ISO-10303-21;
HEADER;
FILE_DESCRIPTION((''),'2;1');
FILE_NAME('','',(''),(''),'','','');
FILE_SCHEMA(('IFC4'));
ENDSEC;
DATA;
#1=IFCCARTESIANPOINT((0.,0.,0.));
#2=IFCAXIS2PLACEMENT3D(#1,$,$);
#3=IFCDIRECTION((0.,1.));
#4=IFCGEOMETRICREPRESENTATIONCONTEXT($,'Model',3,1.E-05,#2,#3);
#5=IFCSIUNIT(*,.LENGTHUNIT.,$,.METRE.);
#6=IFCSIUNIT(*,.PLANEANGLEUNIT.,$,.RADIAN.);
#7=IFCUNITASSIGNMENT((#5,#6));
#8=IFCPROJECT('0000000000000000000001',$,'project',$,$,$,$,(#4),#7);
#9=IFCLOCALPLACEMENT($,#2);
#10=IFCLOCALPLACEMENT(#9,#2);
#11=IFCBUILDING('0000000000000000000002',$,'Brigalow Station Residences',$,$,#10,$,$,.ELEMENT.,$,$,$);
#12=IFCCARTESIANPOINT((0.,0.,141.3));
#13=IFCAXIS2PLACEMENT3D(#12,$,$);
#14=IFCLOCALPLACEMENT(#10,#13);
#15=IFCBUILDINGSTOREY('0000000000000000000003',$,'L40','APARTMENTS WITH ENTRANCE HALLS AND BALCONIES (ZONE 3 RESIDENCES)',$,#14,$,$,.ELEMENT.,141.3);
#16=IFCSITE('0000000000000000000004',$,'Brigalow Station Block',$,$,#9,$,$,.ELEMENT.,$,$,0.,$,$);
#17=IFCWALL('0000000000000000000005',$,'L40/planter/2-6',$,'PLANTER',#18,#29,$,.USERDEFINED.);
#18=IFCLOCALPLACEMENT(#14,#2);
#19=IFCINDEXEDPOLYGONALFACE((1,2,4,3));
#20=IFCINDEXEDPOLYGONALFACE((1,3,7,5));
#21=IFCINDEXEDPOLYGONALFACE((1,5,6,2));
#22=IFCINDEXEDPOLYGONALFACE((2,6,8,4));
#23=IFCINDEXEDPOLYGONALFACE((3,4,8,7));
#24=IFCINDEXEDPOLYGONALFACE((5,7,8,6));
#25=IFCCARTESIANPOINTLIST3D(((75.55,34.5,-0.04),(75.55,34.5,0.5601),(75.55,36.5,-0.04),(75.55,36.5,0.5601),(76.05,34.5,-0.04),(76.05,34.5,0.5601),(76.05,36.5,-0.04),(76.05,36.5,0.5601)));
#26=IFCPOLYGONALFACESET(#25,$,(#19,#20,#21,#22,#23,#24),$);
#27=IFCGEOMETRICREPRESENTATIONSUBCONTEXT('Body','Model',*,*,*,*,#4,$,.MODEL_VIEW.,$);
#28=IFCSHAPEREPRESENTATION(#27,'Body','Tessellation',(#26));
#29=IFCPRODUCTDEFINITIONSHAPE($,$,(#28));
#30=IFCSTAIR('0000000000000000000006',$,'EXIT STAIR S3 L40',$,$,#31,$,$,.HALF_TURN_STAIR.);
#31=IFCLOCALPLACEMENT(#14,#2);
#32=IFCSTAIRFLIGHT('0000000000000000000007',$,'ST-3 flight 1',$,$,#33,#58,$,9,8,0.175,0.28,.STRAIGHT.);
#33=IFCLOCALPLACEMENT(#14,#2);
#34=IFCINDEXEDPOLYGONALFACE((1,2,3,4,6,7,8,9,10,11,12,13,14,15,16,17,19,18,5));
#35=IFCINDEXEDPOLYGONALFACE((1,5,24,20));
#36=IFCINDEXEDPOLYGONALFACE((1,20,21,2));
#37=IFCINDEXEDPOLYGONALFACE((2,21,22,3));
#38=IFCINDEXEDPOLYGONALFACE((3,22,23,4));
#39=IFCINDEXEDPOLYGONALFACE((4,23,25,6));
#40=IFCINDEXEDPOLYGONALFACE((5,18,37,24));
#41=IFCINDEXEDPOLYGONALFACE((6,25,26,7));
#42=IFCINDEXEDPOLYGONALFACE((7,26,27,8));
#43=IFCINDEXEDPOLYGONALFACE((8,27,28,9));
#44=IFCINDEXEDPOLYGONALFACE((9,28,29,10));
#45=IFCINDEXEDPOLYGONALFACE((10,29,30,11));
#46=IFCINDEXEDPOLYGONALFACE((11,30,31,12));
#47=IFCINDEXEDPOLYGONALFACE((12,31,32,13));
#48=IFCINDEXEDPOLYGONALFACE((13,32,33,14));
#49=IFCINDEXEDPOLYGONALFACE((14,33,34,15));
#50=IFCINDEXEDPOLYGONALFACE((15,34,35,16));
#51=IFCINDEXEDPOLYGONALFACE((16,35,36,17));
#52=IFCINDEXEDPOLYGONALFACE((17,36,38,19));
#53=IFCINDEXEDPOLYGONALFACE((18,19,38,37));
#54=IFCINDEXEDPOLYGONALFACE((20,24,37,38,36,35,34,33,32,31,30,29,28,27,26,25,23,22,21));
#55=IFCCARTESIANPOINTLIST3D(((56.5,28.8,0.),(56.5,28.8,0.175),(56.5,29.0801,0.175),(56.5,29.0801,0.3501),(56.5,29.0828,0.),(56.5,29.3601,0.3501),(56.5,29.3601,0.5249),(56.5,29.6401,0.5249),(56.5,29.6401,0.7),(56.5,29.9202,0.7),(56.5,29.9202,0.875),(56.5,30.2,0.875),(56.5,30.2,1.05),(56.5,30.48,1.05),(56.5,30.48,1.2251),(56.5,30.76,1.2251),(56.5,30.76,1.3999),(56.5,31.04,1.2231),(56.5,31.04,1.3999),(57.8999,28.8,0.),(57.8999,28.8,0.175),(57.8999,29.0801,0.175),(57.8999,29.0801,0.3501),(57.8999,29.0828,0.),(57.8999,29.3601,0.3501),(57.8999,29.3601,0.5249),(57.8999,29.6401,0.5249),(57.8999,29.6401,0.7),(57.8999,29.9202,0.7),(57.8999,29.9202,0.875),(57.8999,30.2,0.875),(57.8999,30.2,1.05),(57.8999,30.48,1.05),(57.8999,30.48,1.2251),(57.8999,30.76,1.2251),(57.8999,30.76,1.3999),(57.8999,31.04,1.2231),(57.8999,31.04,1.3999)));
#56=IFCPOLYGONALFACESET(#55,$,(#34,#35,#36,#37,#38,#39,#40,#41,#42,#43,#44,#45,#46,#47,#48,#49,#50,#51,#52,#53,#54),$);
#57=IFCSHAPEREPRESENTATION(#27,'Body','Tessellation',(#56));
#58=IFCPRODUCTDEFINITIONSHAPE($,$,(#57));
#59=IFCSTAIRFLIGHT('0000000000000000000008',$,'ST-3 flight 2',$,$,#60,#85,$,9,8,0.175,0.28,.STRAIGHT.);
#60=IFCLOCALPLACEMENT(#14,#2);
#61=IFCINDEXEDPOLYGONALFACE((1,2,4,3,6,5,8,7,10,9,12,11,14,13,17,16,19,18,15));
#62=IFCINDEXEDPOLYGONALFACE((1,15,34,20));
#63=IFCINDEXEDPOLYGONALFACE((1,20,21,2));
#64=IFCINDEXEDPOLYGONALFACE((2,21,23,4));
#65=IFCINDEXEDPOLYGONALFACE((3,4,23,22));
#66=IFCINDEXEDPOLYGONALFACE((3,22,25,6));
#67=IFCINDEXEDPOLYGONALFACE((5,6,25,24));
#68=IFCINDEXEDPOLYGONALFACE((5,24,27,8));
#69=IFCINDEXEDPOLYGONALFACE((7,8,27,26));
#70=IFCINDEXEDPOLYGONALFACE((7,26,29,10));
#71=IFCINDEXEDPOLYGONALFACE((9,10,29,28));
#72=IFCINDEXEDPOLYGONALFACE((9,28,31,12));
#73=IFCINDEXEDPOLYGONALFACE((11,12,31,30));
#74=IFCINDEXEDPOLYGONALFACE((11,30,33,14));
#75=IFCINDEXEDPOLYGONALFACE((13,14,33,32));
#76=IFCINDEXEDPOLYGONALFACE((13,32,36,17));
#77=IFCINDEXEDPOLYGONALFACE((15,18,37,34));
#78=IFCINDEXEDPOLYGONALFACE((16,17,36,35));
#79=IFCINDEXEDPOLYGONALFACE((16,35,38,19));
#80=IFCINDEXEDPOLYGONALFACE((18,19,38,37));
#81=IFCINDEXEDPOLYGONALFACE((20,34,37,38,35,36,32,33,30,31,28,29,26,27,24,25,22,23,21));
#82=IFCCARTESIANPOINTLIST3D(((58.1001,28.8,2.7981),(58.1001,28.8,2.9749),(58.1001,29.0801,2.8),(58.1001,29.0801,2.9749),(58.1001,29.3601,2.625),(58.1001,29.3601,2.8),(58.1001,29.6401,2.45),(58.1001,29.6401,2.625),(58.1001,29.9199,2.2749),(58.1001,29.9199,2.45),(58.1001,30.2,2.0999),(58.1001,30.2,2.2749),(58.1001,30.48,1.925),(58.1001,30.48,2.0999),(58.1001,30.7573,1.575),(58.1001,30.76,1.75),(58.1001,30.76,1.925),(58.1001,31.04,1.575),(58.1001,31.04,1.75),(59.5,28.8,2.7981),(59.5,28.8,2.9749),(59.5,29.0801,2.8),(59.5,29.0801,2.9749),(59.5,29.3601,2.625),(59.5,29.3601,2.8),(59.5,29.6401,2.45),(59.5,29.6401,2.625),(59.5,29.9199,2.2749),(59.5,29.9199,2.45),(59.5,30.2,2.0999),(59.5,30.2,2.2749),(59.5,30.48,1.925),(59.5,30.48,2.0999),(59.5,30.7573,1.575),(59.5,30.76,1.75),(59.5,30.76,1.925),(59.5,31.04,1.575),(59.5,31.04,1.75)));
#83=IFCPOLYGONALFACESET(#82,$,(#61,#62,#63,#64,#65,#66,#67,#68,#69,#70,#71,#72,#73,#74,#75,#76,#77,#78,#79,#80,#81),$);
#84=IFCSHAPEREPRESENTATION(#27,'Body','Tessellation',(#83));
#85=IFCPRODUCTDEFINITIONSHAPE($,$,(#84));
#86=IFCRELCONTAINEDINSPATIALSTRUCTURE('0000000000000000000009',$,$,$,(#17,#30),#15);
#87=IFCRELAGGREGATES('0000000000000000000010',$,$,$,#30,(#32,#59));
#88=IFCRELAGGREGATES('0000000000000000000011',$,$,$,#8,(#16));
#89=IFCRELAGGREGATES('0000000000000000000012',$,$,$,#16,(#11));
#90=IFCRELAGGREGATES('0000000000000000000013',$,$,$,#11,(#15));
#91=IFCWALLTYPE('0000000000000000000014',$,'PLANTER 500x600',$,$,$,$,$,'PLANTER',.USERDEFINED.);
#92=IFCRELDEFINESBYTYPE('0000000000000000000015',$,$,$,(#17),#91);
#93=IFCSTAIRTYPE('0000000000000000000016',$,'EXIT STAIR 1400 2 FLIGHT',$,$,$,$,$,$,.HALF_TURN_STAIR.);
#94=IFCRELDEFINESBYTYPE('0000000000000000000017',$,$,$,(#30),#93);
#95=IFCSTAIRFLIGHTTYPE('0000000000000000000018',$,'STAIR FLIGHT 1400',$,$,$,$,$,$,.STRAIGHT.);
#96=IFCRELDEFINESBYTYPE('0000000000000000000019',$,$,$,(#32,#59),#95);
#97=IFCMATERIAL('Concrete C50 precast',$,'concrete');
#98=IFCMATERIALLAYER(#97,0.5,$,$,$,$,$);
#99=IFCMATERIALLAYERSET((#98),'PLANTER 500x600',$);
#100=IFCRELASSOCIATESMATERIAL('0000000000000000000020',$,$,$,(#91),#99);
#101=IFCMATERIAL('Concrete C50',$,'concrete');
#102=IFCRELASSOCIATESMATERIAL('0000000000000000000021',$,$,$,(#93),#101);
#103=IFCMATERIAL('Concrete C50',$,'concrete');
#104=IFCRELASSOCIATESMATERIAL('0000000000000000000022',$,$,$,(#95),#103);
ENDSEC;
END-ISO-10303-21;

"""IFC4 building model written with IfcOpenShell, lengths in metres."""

from ifc_helpers import new_model, si_unit, direction, frame, frame_2d, origin, place, context, subcontext, project, spatial, polyline, rectangle, outline, extrude, material, layer, layer_set, type_object, element, aggregate, save


model = new_model("IFC4")

# Units and contexts
model_context = context("Model", 3, precision=1e-05, world=origin(), true_north=direction((0.0, 1.0)))
body_context = subcontext(model_context, "Body", "Model", "MODEL_VIEW")
ifc_project = project(units=[si_unit("LENGTHUNIT", "METRE"), si_unit("PLANEANGLEUNIT", "RADIAN")], contexts=[model_context])

# Site, building, storey
site_placement = place(None, origin())
site = spatial("IfcSite", under=ifc_project, at=site_placement, Name="Brigalow Station Block", CompositionType="ELEMENT", RefElevation=0.0)
building_placement = place(site_placement, origin())
building = spatial("IfcBuilding", under=site, at=building_placement, Name="Brigalow Station Residences", CompositionType="ELEMENT")
storey_placement = place(building_placement, frame((0.0, 0.0, 141.3)))
storey = spatial("IfcBuildingStorey", under=building, at=storey_placement, Name="L40", Description="APARTMENTS WITH ENTRANCE HALLS AND BALCONIES (ZONE 3 RESIDENCES)", CompositionType="ELEMENT", Elevation=141.3)

# Wall
ifc_material_1 = material(Name="Concrete C50 precast", Category="concrete")
ifc_layer_1 = layer(ifc_material_1, 0.5)
ifc_layer_set_1 = layer_set([ifc_layer_1], Name="PLANTER 500x600")
wall_type_1 = type_object("IfcWallType", Name="PLANTER 500x600", ElementType="PLANTER", PredefinedType="USERDEFINED", material=ifc_layer_set_1)
for number, where, z_axis, x_axis, name in (
    (1, (75.8, 34.5, -0.04), (0.0, 0.0, 1.0), (0.0, 1.0, 0.0), "L40/planter/2-6"),
):
    element("IfcWall", number, at=place(storey_placement, frame(where, z_axis=z_axis, x_axis=x_axis)), inside=storey, type_object=wall_type_1, Name=name, ObjectType="PLANTER", PredefinedType="USERDEFINED", context=body_context, shape_type="SweptSolid", body=[
        extrude(rectangle(XDim=2.0, YDim=0.5, at=frame_2d((1.0, 0.0))), origin(), (0.0, 0.0, 1.0), 0.6001),
    ])

# Stair, stair flights
ifc_material_2 = material(Name="Concrete C50", Category="concrete")
stair_type = type_object("IfcStairType", Name="EXIT STAIR 1400 2 FLIGHT", PredefinedType="HALF_TURN_STAIR", material=ifc_material_2)
stair_placement = place(storey_placement, origin())
stair = element("IfcStair", 2, at=stair_placement, inside=storey, type_object=stair_type, Name="EXIT STAIR S3 L40", PredefinedType="HALF_TURN_STAIR")
ifc_material_3 = material(Name="Concrete C50", Category="concrete")
stair_flight_type = type_object("IfcStairFlightType", Name="STAIR FLIGHT 1400", PredefinedType="STRAIGHT", material=ifc_material_3)
stair_flight_1_placement = place(storey_placement, frame((57.2, 28.8, 0.0), z_axis=(0.0, 0.0, 1.0), x_axis=(0.0, 1.0, 0.0)))
stair_flight_1 = element("IfcStairFlight", 3, at=stair_flight_1_placement, type_object=stair_flight_type, Name="ST-3 flight 1", NumberOfRisers=9, NumberOfTreads=8, PredefinedType="STRAIGHT", RiserHeight=0.175, TreadLength=0.28, context=body_context, shape_type="SweptSolid", body=[
    extrude(outline(polyline([(0.0, 0.0), (0.0, 0.175), (0.28, 0.175), (0.28, 0.3501), (0.5601, 0.3501), (0.5601, 0.5249), (0.8401, 0.5249), (0.8401, 0.7), (1.1201, 0.7), (1.1201, 0.875), (1.3999, 0.875), (1.3999, 1.05), (1.6799, 1.05), (1.6799, 1.2251), (1.96, 1.2251), (1.96, 1.3999), (2.24, 1.3999), (2.24, 1.575), (2.24, 1.2231), (0.2827, 0.0), (0.0, 0.0)])), frame((0.0, 0.7, 0.0), z_axis=(0.0, -1.0, 0.0), x_axis=(1.0, 0.0, 0.0)), (0.0, 0.0, 1.0), 1.3999),
])
stair_flight_2_placement = place(storey_placement, frame((58.8, 31.04, 1.575), z_axis=(0.0, 0.0, 1.0), x_axis=(0.0, -1.0, 0.0)))
stair_flight_2 = element("IfcStairFlight", 4, at=stair_flight_2_placement, type_object=stair_flight_type, Name="ST-3 flight 2", NumberOfRisers=9, NumberOfTreads=8, PredefinedType="STRAIGHT", RiserHeight=0.175, TreadLength=0.28, context=body_context, shape_type="SweptSolid", body=[
    extrude(outline(polyline([(0.0, 0.0), (0.0, 0.175), (0.28, 0.175), (0.28, 0.3501), (0.5601, 0.3501), (0.5601, 0.5249), (0.8401, 0.5249), (0.8401, 0.7), (1.1201, 0.7), (1.1201, 0.875), (1.3999, 0.875), (1.3999, 1.05), (1.6799, 1.05), (1.6799, 1.2251), (1.96, 1.2251), (1.96, 1.3999), (2.24, 1.3999), (2.24, 1.575), (2.24, 1.2231), (0.2827, 0.0), (0.0, 0.0)])), frame((0.0, 0.7, 0.0), z_axis=(0.0, -1.0, 0.0), x_axis=(1.0, 0.0, 0.0)), (0.0, 0.0, 1.0), 1.3999),
])
aggregate(stair, [stair_flight_1, stair_flight_2])

save(model, "model.ifc")
